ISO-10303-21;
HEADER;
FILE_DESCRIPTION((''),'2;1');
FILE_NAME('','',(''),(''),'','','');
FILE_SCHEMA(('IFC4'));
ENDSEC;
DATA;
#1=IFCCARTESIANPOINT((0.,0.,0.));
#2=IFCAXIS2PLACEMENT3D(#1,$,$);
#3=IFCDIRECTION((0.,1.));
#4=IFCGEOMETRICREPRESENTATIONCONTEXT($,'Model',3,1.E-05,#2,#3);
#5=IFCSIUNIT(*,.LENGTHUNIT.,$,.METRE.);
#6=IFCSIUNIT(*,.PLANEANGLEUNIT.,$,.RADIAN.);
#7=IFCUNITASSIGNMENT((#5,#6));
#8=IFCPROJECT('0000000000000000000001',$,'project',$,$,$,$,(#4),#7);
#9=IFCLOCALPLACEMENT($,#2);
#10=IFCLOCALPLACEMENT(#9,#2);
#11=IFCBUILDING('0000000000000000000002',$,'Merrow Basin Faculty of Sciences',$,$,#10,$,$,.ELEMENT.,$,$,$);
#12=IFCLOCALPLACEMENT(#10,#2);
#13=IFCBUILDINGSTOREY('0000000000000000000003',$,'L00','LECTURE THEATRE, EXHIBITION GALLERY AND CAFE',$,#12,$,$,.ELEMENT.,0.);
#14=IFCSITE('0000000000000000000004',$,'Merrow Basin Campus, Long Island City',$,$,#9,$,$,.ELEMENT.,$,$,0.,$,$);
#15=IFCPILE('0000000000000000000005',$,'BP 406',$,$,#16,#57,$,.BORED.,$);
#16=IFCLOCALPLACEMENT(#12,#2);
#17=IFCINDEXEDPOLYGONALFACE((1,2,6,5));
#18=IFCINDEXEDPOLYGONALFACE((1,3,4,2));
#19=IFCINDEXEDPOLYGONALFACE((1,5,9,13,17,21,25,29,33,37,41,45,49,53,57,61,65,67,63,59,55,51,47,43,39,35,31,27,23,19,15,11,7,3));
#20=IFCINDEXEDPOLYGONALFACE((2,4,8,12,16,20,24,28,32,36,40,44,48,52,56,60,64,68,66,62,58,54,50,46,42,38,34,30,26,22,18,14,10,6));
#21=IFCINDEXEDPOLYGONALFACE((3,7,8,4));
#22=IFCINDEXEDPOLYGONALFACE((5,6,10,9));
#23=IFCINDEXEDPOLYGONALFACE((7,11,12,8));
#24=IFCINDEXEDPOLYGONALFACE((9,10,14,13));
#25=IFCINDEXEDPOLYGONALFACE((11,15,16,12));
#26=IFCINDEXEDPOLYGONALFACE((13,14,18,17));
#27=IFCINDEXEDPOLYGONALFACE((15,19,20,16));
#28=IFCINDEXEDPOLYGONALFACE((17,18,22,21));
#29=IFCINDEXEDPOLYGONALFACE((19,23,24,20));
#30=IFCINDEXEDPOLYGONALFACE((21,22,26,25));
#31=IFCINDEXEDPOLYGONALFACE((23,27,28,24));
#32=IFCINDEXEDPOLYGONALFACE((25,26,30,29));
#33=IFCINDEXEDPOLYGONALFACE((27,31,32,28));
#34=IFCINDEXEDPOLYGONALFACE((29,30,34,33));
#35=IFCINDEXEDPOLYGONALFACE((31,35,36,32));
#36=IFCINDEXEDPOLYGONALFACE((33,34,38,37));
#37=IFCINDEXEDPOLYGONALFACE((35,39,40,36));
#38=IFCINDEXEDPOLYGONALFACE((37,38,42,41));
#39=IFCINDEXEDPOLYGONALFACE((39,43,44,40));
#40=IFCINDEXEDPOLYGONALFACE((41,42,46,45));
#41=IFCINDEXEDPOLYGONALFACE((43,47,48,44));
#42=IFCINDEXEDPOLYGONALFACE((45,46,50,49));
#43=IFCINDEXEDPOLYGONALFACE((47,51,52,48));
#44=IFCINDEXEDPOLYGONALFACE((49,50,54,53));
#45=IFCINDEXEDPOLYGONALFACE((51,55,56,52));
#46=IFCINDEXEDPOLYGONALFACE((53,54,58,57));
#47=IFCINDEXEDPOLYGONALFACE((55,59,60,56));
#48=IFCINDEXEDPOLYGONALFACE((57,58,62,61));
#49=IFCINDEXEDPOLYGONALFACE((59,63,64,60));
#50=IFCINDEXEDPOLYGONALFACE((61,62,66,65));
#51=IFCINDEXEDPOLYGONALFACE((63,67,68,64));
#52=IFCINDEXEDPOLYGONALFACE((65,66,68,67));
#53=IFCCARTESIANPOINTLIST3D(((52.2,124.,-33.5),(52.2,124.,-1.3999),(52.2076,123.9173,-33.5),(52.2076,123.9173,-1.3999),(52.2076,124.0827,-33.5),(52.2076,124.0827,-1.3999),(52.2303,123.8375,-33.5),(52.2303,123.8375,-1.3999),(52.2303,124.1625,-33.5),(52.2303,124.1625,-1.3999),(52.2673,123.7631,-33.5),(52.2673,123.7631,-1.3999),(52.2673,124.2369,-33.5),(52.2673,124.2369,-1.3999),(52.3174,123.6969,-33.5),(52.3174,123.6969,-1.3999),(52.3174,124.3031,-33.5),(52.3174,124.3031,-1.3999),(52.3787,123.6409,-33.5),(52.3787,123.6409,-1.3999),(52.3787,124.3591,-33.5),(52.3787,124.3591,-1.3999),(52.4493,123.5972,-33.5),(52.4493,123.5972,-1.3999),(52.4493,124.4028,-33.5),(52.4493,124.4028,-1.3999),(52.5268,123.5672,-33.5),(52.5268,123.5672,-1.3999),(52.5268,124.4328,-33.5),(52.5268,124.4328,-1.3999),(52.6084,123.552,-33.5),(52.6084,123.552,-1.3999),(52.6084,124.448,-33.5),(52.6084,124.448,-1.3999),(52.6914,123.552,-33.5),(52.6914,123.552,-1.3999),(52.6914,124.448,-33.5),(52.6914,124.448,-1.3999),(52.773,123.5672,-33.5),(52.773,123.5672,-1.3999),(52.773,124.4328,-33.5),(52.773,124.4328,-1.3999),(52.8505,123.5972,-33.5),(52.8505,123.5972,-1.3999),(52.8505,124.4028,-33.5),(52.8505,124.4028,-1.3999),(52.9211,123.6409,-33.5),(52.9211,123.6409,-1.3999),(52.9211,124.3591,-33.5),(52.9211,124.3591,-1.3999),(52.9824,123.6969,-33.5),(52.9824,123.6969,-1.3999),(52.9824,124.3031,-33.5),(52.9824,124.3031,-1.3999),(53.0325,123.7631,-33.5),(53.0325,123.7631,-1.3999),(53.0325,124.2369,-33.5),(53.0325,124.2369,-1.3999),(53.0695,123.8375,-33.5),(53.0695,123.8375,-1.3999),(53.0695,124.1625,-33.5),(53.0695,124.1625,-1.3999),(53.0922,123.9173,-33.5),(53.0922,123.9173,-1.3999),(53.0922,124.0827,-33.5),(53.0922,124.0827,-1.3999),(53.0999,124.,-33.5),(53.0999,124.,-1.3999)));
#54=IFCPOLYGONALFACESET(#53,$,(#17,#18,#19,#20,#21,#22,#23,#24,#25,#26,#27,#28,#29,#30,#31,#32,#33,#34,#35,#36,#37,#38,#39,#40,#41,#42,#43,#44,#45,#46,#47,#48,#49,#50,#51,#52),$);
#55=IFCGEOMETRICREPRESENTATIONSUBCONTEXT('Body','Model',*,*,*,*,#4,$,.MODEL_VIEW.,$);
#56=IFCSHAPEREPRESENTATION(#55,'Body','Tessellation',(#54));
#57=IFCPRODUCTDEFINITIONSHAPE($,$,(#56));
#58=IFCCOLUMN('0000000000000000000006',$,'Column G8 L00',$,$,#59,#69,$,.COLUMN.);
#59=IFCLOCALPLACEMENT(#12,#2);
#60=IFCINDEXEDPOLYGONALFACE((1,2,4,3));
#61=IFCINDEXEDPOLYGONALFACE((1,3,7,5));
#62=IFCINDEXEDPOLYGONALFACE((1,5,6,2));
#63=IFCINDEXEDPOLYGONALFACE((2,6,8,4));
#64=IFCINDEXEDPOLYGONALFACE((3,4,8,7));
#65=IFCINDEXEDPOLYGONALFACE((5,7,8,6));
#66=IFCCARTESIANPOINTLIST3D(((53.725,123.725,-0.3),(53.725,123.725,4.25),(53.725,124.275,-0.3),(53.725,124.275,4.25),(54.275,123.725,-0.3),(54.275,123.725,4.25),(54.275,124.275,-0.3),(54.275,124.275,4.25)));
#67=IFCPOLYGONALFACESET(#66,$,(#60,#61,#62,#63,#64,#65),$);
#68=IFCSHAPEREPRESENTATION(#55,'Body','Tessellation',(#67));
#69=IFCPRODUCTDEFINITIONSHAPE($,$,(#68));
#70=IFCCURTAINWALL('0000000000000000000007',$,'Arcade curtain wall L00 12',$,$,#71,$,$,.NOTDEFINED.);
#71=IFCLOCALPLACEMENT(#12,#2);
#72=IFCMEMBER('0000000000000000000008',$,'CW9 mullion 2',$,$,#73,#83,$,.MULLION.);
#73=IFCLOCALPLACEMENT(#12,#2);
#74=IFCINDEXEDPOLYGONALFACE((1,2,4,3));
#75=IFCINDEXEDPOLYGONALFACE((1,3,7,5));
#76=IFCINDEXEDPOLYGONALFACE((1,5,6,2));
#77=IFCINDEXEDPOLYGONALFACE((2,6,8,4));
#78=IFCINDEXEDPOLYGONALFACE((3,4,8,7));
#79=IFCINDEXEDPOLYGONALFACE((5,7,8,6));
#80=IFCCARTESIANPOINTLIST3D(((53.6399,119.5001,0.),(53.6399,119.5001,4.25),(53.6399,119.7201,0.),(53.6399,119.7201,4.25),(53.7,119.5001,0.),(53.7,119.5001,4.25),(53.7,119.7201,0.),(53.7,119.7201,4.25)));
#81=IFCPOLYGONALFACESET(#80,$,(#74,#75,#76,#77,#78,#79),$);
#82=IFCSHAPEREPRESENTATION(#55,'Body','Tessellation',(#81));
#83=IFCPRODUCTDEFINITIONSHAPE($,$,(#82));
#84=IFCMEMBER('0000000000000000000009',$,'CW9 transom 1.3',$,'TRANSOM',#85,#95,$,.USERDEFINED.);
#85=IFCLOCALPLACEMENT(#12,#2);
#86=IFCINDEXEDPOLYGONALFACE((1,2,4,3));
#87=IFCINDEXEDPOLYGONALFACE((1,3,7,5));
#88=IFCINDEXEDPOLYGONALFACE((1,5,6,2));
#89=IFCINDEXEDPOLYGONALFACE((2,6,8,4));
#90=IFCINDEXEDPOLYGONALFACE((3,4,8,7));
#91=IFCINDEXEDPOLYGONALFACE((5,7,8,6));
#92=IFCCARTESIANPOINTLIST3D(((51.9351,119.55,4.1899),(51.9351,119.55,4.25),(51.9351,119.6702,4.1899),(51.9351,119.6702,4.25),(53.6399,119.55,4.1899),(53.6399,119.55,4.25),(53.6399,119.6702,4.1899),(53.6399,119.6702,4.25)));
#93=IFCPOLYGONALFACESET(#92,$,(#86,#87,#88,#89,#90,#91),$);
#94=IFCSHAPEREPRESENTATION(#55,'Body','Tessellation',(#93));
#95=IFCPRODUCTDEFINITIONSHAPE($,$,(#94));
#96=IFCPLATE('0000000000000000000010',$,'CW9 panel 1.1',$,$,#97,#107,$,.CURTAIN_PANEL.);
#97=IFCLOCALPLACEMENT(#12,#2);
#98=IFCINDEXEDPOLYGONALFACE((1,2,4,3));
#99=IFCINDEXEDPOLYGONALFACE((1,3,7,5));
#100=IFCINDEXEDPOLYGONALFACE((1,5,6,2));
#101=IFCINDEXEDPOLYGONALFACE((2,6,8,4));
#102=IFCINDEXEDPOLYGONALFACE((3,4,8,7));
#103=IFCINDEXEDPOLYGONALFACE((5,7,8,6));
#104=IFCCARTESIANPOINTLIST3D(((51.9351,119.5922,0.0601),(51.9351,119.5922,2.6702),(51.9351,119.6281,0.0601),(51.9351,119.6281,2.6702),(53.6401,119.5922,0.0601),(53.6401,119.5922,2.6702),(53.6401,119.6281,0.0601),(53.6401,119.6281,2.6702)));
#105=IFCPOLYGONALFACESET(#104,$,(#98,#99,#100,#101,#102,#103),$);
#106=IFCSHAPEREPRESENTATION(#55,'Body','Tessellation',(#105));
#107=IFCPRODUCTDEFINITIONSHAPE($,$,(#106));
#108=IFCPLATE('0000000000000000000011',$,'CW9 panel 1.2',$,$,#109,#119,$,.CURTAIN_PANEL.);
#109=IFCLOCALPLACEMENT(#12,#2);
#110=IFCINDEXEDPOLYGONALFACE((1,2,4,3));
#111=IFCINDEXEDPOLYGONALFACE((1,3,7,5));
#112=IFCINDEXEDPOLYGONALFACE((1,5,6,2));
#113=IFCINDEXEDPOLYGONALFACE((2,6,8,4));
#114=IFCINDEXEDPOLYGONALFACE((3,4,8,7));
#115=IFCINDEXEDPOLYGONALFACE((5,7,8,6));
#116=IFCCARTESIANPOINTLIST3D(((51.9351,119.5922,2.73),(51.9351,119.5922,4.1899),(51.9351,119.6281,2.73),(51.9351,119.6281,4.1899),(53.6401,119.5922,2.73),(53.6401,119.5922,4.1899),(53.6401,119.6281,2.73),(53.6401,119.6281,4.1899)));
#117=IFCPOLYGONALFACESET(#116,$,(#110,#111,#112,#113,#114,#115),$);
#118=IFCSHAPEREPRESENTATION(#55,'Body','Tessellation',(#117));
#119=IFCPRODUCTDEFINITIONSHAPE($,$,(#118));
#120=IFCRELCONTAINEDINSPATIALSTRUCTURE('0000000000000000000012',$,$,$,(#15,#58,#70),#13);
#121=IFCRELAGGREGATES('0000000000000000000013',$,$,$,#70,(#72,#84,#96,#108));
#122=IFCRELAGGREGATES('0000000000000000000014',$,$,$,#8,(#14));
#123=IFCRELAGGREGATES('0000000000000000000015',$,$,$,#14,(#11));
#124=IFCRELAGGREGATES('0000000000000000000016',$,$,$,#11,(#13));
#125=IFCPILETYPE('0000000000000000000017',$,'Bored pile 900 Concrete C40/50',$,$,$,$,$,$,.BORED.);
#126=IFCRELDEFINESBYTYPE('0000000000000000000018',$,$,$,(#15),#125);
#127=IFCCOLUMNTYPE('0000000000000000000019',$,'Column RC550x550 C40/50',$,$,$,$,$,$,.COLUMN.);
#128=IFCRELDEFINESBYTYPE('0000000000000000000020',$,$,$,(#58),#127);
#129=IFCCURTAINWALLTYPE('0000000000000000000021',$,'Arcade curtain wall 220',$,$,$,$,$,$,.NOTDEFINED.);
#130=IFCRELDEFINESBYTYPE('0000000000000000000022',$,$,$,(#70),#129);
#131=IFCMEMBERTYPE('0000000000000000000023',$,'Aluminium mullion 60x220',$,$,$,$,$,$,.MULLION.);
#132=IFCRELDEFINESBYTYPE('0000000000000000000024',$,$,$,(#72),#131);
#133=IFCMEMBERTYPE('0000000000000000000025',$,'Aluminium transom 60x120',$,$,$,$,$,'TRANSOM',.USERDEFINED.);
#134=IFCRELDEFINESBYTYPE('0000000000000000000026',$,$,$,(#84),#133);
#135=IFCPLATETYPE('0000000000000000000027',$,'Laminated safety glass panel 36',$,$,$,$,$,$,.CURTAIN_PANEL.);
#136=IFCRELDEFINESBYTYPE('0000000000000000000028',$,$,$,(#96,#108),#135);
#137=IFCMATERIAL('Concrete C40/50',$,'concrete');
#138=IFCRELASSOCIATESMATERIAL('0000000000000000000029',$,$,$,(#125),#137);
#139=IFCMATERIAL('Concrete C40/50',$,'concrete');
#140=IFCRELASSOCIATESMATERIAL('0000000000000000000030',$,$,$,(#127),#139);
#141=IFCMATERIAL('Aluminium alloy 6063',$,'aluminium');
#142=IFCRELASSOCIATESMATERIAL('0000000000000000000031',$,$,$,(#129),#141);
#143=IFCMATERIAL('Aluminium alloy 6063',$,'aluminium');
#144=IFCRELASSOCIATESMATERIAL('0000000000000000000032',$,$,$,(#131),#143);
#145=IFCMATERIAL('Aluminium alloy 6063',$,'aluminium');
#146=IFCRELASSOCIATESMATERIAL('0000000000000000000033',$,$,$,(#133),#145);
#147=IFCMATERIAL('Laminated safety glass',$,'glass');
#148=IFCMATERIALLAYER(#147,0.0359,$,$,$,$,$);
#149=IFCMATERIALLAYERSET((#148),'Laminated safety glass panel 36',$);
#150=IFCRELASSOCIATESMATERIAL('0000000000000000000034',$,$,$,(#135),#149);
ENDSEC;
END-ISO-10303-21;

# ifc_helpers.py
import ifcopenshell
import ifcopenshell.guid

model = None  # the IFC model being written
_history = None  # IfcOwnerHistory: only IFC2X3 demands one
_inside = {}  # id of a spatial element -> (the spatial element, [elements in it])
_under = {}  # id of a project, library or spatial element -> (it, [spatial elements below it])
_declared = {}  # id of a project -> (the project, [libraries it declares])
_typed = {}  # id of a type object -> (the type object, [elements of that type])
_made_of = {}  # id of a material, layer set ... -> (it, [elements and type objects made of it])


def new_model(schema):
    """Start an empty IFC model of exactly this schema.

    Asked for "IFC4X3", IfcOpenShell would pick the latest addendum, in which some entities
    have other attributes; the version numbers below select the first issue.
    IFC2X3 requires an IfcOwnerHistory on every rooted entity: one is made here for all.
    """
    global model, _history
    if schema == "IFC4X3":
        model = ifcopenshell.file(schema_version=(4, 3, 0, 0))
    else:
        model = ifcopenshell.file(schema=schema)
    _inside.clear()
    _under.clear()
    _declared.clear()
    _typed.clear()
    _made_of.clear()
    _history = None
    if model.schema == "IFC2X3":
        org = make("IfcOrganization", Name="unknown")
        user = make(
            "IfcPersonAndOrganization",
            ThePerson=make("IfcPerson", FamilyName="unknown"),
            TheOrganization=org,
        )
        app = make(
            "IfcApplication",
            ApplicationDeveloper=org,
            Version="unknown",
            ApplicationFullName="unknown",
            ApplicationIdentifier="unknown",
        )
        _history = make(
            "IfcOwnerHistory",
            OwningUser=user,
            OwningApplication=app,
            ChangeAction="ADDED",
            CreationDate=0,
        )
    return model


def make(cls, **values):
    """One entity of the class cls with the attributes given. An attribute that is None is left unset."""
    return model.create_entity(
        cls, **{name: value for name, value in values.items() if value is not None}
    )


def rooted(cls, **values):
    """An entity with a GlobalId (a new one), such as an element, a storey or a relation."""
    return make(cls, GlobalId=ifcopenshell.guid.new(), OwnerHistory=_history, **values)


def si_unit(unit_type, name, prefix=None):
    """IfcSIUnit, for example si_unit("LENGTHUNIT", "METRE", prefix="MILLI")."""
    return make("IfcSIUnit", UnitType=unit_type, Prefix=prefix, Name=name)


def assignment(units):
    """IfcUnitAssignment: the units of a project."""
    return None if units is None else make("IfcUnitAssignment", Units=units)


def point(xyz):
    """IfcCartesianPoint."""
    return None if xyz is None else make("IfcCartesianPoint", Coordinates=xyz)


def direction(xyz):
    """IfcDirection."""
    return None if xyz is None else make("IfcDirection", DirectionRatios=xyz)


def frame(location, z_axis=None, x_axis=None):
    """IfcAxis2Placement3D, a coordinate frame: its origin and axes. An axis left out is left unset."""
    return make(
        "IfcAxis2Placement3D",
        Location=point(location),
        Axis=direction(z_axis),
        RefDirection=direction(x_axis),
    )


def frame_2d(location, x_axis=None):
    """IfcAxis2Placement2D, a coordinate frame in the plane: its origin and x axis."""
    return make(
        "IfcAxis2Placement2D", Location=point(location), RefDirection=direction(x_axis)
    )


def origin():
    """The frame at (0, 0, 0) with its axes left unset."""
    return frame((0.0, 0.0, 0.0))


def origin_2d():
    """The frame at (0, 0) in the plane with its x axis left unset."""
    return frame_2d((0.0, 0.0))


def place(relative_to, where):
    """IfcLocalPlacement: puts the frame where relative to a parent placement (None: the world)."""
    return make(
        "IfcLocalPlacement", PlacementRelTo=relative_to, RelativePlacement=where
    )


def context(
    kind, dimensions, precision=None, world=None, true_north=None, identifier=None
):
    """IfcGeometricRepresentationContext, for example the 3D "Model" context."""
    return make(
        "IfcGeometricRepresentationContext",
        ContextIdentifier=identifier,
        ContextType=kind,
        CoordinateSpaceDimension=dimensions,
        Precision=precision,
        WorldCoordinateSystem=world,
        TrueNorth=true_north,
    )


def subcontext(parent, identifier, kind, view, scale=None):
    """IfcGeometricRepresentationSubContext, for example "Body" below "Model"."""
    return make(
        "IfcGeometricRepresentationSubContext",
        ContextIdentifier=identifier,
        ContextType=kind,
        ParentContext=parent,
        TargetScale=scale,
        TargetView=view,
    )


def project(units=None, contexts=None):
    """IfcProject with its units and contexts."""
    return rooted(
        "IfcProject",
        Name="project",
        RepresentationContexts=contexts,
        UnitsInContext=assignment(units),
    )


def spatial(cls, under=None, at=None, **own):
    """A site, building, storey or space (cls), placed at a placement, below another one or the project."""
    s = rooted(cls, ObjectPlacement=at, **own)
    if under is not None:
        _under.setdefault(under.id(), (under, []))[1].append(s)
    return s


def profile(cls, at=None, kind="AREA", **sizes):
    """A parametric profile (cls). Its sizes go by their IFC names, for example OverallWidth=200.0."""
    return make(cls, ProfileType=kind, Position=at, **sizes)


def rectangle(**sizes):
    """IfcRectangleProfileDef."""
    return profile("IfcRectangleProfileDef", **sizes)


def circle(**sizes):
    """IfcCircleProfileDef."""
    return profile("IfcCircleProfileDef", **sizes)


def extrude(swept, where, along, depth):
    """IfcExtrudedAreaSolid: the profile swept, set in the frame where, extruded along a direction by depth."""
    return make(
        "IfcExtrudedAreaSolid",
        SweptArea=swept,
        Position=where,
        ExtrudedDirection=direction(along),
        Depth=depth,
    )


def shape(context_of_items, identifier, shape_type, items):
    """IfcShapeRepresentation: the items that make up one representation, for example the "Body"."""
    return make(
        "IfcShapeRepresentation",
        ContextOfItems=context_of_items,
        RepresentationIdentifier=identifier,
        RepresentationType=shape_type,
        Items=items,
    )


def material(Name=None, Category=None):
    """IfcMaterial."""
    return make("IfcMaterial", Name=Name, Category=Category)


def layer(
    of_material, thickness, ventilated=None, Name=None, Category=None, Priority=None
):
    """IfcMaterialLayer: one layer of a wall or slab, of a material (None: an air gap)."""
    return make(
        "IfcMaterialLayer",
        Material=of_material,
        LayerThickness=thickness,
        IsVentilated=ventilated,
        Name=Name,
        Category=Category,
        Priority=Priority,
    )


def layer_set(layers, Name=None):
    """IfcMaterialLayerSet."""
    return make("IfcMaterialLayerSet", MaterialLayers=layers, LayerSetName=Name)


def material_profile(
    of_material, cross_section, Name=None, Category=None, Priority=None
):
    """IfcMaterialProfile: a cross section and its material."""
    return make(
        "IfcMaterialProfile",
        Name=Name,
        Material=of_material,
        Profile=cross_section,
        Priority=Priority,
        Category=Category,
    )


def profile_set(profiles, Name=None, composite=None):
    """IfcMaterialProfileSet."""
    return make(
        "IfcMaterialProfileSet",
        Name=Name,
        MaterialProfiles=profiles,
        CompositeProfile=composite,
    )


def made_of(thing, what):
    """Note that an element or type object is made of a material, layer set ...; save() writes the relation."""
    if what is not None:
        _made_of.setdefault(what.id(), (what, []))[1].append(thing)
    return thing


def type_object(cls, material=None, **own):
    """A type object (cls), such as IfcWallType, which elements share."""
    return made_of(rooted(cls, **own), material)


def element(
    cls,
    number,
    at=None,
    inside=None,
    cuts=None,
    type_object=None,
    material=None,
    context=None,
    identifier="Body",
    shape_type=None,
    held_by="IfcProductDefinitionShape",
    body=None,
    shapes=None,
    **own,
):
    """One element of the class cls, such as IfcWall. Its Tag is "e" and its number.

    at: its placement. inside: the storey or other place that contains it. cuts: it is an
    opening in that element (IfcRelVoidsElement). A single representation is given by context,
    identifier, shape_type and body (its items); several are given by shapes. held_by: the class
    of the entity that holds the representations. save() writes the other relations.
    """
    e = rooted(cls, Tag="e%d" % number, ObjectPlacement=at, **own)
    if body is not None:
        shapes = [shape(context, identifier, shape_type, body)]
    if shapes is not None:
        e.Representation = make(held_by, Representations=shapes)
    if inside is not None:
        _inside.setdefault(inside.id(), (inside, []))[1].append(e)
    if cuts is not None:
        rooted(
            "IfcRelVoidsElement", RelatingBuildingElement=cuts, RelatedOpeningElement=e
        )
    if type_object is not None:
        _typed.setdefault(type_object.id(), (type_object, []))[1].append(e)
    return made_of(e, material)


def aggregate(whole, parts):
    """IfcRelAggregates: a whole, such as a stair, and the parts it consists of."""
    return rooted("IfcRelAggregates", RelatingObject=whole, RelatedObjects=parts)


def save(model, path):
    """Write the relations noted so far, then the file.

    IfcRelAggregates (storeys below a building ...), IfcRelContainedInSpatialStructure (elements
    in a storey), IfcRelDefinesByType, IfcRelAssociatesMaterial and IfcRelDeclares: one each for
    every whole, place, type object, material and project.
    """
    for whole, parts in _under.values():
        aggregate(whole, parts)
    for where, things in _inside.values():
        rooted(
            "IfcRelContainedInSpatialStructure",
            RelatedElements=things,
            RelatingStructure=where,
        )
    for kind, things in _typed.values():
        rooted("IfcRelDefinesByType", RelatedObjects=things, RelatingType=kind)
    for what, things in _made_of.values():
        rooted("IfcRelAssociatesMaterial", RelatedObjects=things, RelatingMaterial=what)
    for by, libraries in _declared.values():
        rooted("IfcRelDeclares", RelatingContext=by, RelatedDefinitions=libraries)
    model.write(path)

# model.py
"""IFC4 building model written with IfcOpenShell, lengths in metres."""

from ifc_helpers import new_model, si_unit, direction, frame, origin, origin_2d, place, context, subcontext, project, spatial, rectangle, circle, extrude, material, layer, layer_set, material_profile, profile_set, type_object, element, aggregate, save


model = new_model("IFC4")

# Units and contexts
model_context = context("Model", 3, precision=1e-05, world=origin(), true_north=direction((0.0, 1.0)))
body_context = subcontext(model_context, "Body", "Model", "MODEL_VIEW")
ifc_project = project(units=[si_unit("LENGTHUNIT", "METRE"), si_unit("PLANEANGLEUNIT", "RADIAN")], contexts=[model_context])

# Site, building, storey
site_placement = place(None, origin())
site = spatial("IfcSite", under=ifc_project, at=site_placement, Name="Merrow Basin Campus, Long Island City", CompositionType="ELEMENT", RefElevation=0.0)
building_placement = place(site_placement, origin())
building = spatial("IfcBuilding", under=site, at=building_placement, Name="Merrow Basin Faculty of Sciences", CompositionType="ELEMENT")
storey_placement = place(building_placement, origin())
storey = spatial("IfcBuildingStorey", under=building, at=storey_placement, Name="L00", Description="LECTURE THEATRE, EXHIBITION GALLERY AND CAFE", CompositionType="ELEMENT", Elevation=0.0)

# Pile
ifc_material_1 = material(Name="Concrete C40/50", Category="concrete")
ifc_material_profile_1 = material_profile(ifc_material_1, circle(Radius=0.45, at=origin_2d()))
ifc_profile_set_1 = profile_set([ifc_material_profile_1], Name="Concrete C40/50")
pile_type = type_object("IfcPileType", Name="Bored pile 900 Concrete C40/50", PredefinedType="BORED", material=ifc_profile_set_1)
pile_placement = place(storey_placement, frame((52.6499, 124.0, -1.3999), z_axis=(0.0, 0.0, -1.0), x_axis=(1.0, 0.0, 0.0)))
element("IfcPile", 1, at=pile_placement, inside=storey, type_object=pile_type, Name="BP 406", PredefinedType="BORED", context=body_context, shape_type="SweptSolid", body=[
    extrude(circle(Radius=0.45, at=origin_2d()), origin(), (0.0, 0.0, 1.0), 32.1001),
])

# Column
ifc_material_2 = material(Name="Concrete C40/50", Category="concrete")
ifc_material_profile_2 = material_profile(ifc_material_2, rectangle(XDim=0.55, YDim=0.55, at=origin_2d()))
ifc_profile_set_2 = profile_set([ifc_material_profile_2], Name="Concrete C40/50")
column_type = type_object("IfcColumnType", Name="Column RC550x550 C40/50", PredefinedType="COLUMN", material=ifc_profile_set_2)
column_placement = place(storey_placement, frame((54.0, 124.0, -0.3), z_axis=(0.0, 0.0, 1.0), x_axis=(1.0, 0.0, 0.0)))
element("IfcColumn", 2, at=column_placement, inside=storey, type_object=column_type, Name="Column G8 L00", PredefinedType="COLUMN", context=body_context, shape_type="SweptSolid", body=[
    extrude(rectangle(XDim=0.55, YDim=0.55, at=origin_2d()), origin(), (0.0, 0.0, 1.0), 4.55),
])

# Curtain wall, members, plates
ifc_material_3 = material(Name="Aluminium alloy 6063", Category="aluminium")
curtain_wall_type = type_object("IfcCurtainWallType", Name="Arcade curtain wall 220", PredefinedType="NOTDEFINED", material=ifc_material_3)
curtain_wall_placement = place(storey_placement, origin())
curtain_wall = element("IfcCurtainWall", 3, at=curtain_wall_placement, inside=storey, type_object=curtain_wall_type, Name="Arcade curtain wall L00 12", PredefinedType="NOTDEFINED")
ifc_material_4 = material(Name="Aluminium alloy 6063", Category="aluminium")
ifc_material_profile_3 = material_profile(ifc_material_4, rectangle(XDim=0.22, YDim=0.0601, at=origin_2d()))
ifc_profile_set_3 = profile_set([ifc_material_profile_3], Name="Aluminium alloy 6063")
member_type_1 = type_object("IfcMemberType", Name="Aluminium mullion 60x220", PredefinedType="MULLION", material=ifc_profile_set_3)
member_1_placement = place(storey_placement, frame((53.6699, 119.6101, 0.0), z_axis=(0.0, 0.0, 1.0), x_axis=(0.0, 1.0, 0.0)))
member_1 = element("IfcMember", 4, at=member_1_placement, type_object=member_type_1, Name="CW9 mullion 2", PredefinedType="MULLION", context=body_context, shape_type="SweptSolid", body=[
    extrude(rectangle(XDim=0.22, YDim=0.0601, at=origin_2d()), origin(), (0.0, 0.0, 1.0), 4.25),
])
ifc_material_5 = material(Name="Aluminium alloy 6063", Category="aluminium")
ifc_material_profile_4 = material_profile(ifc_material_5, rectangle(XDim=0.1201, YDim=0.0601, at=origin_2d()))
ifc_profile_set_4 = profile_set([ifc_material_profile_4], Name="Aluminium alloy 6063")
member_type_2 = type_object("IfcMemberType", Name="Aluminium transom 60x120", ElementType="TRANSOM", PredefinedType="USERDEFINED", material=ifc_profile_set_4)
member_2_placement = place(storey_placement, frame((51.9351, 119.6101, 4.22), z_axis=(1.0, 0.0, 0.0), x_axis=(0.0, 1.0, 0.0)))
member_2 = element("IfcMember", 5, at=member_2_placement, type_object=member_type_2, Name="CW9 transom 1.3", ObjectType="TRANSOM", PredefinedType="USERDEFINED", context=body_context, shape_type="SweptSolid", body=[
    extrude(rectangle(XDim=0.1201, YDim=0.0601, at=origin_2d()), origin(), (0.0, 0.0, 1.0), 1.7048),
])
ifc_material_6 = material(Name="Laminated safety glass", Category="glass")
ifc_layer_1 = layer(ifc_material_6, 0.0359)
ifc_layer_set_1 = layer_set([ifc_layer_1], Name="Laminated safety glass panel 36")
plate_type = type_object("IfcPlateType", Name="Laminated safety glass panel 36", PredefinedType="CURTAIN_PANEL", material=ifc_layer_set_1)
plate_1_placement = place(storey_placement, frame((52.7876, 119.6101, 0.0601), z_axis=(0.0, 0.0, 1.0), x_axis=(1.0, 0.0, 0.0)))
plate_1 = element("IfcPlate", 6, at=plate_1_placement, type_object=plate_type, Name="CW9 panel 1.1", PredefinedType="CURTAIN_PANEL", context=body_context, shape_type="SweptSolid", body=[
    extrude(rectangle(XDim=1.7051, YDim=0.0359, at=origin_2d()), origin(), (0.0, 0.0, 1.0), 2.6101),
])
plate_2_placement = place(storey_placement, frame((52.7876, 119.6101, 2.73), z_axis=(0.0, 0.0, 1.0), x_axis=(1.0, 0.0, 0.0)))
plate_2 = element("IfcPlate", 7, at=plate_2_placement, type_object=plate_type, Name="CW9 panel 1.2", PredefinedType="CURTAIN_PANEL", context=body_context, shape_type="SweptSolid", body=[
    extrude(rectangle(XDim=1.7051, YDim=0.0359, at=origin_2d()), origin(), (0.0, 0.0, 1.0), 1.46),
])
aggregate(curtain_wall, [member_1, member_2, plate_1, plate_2])

save(model, "model.ifc")
